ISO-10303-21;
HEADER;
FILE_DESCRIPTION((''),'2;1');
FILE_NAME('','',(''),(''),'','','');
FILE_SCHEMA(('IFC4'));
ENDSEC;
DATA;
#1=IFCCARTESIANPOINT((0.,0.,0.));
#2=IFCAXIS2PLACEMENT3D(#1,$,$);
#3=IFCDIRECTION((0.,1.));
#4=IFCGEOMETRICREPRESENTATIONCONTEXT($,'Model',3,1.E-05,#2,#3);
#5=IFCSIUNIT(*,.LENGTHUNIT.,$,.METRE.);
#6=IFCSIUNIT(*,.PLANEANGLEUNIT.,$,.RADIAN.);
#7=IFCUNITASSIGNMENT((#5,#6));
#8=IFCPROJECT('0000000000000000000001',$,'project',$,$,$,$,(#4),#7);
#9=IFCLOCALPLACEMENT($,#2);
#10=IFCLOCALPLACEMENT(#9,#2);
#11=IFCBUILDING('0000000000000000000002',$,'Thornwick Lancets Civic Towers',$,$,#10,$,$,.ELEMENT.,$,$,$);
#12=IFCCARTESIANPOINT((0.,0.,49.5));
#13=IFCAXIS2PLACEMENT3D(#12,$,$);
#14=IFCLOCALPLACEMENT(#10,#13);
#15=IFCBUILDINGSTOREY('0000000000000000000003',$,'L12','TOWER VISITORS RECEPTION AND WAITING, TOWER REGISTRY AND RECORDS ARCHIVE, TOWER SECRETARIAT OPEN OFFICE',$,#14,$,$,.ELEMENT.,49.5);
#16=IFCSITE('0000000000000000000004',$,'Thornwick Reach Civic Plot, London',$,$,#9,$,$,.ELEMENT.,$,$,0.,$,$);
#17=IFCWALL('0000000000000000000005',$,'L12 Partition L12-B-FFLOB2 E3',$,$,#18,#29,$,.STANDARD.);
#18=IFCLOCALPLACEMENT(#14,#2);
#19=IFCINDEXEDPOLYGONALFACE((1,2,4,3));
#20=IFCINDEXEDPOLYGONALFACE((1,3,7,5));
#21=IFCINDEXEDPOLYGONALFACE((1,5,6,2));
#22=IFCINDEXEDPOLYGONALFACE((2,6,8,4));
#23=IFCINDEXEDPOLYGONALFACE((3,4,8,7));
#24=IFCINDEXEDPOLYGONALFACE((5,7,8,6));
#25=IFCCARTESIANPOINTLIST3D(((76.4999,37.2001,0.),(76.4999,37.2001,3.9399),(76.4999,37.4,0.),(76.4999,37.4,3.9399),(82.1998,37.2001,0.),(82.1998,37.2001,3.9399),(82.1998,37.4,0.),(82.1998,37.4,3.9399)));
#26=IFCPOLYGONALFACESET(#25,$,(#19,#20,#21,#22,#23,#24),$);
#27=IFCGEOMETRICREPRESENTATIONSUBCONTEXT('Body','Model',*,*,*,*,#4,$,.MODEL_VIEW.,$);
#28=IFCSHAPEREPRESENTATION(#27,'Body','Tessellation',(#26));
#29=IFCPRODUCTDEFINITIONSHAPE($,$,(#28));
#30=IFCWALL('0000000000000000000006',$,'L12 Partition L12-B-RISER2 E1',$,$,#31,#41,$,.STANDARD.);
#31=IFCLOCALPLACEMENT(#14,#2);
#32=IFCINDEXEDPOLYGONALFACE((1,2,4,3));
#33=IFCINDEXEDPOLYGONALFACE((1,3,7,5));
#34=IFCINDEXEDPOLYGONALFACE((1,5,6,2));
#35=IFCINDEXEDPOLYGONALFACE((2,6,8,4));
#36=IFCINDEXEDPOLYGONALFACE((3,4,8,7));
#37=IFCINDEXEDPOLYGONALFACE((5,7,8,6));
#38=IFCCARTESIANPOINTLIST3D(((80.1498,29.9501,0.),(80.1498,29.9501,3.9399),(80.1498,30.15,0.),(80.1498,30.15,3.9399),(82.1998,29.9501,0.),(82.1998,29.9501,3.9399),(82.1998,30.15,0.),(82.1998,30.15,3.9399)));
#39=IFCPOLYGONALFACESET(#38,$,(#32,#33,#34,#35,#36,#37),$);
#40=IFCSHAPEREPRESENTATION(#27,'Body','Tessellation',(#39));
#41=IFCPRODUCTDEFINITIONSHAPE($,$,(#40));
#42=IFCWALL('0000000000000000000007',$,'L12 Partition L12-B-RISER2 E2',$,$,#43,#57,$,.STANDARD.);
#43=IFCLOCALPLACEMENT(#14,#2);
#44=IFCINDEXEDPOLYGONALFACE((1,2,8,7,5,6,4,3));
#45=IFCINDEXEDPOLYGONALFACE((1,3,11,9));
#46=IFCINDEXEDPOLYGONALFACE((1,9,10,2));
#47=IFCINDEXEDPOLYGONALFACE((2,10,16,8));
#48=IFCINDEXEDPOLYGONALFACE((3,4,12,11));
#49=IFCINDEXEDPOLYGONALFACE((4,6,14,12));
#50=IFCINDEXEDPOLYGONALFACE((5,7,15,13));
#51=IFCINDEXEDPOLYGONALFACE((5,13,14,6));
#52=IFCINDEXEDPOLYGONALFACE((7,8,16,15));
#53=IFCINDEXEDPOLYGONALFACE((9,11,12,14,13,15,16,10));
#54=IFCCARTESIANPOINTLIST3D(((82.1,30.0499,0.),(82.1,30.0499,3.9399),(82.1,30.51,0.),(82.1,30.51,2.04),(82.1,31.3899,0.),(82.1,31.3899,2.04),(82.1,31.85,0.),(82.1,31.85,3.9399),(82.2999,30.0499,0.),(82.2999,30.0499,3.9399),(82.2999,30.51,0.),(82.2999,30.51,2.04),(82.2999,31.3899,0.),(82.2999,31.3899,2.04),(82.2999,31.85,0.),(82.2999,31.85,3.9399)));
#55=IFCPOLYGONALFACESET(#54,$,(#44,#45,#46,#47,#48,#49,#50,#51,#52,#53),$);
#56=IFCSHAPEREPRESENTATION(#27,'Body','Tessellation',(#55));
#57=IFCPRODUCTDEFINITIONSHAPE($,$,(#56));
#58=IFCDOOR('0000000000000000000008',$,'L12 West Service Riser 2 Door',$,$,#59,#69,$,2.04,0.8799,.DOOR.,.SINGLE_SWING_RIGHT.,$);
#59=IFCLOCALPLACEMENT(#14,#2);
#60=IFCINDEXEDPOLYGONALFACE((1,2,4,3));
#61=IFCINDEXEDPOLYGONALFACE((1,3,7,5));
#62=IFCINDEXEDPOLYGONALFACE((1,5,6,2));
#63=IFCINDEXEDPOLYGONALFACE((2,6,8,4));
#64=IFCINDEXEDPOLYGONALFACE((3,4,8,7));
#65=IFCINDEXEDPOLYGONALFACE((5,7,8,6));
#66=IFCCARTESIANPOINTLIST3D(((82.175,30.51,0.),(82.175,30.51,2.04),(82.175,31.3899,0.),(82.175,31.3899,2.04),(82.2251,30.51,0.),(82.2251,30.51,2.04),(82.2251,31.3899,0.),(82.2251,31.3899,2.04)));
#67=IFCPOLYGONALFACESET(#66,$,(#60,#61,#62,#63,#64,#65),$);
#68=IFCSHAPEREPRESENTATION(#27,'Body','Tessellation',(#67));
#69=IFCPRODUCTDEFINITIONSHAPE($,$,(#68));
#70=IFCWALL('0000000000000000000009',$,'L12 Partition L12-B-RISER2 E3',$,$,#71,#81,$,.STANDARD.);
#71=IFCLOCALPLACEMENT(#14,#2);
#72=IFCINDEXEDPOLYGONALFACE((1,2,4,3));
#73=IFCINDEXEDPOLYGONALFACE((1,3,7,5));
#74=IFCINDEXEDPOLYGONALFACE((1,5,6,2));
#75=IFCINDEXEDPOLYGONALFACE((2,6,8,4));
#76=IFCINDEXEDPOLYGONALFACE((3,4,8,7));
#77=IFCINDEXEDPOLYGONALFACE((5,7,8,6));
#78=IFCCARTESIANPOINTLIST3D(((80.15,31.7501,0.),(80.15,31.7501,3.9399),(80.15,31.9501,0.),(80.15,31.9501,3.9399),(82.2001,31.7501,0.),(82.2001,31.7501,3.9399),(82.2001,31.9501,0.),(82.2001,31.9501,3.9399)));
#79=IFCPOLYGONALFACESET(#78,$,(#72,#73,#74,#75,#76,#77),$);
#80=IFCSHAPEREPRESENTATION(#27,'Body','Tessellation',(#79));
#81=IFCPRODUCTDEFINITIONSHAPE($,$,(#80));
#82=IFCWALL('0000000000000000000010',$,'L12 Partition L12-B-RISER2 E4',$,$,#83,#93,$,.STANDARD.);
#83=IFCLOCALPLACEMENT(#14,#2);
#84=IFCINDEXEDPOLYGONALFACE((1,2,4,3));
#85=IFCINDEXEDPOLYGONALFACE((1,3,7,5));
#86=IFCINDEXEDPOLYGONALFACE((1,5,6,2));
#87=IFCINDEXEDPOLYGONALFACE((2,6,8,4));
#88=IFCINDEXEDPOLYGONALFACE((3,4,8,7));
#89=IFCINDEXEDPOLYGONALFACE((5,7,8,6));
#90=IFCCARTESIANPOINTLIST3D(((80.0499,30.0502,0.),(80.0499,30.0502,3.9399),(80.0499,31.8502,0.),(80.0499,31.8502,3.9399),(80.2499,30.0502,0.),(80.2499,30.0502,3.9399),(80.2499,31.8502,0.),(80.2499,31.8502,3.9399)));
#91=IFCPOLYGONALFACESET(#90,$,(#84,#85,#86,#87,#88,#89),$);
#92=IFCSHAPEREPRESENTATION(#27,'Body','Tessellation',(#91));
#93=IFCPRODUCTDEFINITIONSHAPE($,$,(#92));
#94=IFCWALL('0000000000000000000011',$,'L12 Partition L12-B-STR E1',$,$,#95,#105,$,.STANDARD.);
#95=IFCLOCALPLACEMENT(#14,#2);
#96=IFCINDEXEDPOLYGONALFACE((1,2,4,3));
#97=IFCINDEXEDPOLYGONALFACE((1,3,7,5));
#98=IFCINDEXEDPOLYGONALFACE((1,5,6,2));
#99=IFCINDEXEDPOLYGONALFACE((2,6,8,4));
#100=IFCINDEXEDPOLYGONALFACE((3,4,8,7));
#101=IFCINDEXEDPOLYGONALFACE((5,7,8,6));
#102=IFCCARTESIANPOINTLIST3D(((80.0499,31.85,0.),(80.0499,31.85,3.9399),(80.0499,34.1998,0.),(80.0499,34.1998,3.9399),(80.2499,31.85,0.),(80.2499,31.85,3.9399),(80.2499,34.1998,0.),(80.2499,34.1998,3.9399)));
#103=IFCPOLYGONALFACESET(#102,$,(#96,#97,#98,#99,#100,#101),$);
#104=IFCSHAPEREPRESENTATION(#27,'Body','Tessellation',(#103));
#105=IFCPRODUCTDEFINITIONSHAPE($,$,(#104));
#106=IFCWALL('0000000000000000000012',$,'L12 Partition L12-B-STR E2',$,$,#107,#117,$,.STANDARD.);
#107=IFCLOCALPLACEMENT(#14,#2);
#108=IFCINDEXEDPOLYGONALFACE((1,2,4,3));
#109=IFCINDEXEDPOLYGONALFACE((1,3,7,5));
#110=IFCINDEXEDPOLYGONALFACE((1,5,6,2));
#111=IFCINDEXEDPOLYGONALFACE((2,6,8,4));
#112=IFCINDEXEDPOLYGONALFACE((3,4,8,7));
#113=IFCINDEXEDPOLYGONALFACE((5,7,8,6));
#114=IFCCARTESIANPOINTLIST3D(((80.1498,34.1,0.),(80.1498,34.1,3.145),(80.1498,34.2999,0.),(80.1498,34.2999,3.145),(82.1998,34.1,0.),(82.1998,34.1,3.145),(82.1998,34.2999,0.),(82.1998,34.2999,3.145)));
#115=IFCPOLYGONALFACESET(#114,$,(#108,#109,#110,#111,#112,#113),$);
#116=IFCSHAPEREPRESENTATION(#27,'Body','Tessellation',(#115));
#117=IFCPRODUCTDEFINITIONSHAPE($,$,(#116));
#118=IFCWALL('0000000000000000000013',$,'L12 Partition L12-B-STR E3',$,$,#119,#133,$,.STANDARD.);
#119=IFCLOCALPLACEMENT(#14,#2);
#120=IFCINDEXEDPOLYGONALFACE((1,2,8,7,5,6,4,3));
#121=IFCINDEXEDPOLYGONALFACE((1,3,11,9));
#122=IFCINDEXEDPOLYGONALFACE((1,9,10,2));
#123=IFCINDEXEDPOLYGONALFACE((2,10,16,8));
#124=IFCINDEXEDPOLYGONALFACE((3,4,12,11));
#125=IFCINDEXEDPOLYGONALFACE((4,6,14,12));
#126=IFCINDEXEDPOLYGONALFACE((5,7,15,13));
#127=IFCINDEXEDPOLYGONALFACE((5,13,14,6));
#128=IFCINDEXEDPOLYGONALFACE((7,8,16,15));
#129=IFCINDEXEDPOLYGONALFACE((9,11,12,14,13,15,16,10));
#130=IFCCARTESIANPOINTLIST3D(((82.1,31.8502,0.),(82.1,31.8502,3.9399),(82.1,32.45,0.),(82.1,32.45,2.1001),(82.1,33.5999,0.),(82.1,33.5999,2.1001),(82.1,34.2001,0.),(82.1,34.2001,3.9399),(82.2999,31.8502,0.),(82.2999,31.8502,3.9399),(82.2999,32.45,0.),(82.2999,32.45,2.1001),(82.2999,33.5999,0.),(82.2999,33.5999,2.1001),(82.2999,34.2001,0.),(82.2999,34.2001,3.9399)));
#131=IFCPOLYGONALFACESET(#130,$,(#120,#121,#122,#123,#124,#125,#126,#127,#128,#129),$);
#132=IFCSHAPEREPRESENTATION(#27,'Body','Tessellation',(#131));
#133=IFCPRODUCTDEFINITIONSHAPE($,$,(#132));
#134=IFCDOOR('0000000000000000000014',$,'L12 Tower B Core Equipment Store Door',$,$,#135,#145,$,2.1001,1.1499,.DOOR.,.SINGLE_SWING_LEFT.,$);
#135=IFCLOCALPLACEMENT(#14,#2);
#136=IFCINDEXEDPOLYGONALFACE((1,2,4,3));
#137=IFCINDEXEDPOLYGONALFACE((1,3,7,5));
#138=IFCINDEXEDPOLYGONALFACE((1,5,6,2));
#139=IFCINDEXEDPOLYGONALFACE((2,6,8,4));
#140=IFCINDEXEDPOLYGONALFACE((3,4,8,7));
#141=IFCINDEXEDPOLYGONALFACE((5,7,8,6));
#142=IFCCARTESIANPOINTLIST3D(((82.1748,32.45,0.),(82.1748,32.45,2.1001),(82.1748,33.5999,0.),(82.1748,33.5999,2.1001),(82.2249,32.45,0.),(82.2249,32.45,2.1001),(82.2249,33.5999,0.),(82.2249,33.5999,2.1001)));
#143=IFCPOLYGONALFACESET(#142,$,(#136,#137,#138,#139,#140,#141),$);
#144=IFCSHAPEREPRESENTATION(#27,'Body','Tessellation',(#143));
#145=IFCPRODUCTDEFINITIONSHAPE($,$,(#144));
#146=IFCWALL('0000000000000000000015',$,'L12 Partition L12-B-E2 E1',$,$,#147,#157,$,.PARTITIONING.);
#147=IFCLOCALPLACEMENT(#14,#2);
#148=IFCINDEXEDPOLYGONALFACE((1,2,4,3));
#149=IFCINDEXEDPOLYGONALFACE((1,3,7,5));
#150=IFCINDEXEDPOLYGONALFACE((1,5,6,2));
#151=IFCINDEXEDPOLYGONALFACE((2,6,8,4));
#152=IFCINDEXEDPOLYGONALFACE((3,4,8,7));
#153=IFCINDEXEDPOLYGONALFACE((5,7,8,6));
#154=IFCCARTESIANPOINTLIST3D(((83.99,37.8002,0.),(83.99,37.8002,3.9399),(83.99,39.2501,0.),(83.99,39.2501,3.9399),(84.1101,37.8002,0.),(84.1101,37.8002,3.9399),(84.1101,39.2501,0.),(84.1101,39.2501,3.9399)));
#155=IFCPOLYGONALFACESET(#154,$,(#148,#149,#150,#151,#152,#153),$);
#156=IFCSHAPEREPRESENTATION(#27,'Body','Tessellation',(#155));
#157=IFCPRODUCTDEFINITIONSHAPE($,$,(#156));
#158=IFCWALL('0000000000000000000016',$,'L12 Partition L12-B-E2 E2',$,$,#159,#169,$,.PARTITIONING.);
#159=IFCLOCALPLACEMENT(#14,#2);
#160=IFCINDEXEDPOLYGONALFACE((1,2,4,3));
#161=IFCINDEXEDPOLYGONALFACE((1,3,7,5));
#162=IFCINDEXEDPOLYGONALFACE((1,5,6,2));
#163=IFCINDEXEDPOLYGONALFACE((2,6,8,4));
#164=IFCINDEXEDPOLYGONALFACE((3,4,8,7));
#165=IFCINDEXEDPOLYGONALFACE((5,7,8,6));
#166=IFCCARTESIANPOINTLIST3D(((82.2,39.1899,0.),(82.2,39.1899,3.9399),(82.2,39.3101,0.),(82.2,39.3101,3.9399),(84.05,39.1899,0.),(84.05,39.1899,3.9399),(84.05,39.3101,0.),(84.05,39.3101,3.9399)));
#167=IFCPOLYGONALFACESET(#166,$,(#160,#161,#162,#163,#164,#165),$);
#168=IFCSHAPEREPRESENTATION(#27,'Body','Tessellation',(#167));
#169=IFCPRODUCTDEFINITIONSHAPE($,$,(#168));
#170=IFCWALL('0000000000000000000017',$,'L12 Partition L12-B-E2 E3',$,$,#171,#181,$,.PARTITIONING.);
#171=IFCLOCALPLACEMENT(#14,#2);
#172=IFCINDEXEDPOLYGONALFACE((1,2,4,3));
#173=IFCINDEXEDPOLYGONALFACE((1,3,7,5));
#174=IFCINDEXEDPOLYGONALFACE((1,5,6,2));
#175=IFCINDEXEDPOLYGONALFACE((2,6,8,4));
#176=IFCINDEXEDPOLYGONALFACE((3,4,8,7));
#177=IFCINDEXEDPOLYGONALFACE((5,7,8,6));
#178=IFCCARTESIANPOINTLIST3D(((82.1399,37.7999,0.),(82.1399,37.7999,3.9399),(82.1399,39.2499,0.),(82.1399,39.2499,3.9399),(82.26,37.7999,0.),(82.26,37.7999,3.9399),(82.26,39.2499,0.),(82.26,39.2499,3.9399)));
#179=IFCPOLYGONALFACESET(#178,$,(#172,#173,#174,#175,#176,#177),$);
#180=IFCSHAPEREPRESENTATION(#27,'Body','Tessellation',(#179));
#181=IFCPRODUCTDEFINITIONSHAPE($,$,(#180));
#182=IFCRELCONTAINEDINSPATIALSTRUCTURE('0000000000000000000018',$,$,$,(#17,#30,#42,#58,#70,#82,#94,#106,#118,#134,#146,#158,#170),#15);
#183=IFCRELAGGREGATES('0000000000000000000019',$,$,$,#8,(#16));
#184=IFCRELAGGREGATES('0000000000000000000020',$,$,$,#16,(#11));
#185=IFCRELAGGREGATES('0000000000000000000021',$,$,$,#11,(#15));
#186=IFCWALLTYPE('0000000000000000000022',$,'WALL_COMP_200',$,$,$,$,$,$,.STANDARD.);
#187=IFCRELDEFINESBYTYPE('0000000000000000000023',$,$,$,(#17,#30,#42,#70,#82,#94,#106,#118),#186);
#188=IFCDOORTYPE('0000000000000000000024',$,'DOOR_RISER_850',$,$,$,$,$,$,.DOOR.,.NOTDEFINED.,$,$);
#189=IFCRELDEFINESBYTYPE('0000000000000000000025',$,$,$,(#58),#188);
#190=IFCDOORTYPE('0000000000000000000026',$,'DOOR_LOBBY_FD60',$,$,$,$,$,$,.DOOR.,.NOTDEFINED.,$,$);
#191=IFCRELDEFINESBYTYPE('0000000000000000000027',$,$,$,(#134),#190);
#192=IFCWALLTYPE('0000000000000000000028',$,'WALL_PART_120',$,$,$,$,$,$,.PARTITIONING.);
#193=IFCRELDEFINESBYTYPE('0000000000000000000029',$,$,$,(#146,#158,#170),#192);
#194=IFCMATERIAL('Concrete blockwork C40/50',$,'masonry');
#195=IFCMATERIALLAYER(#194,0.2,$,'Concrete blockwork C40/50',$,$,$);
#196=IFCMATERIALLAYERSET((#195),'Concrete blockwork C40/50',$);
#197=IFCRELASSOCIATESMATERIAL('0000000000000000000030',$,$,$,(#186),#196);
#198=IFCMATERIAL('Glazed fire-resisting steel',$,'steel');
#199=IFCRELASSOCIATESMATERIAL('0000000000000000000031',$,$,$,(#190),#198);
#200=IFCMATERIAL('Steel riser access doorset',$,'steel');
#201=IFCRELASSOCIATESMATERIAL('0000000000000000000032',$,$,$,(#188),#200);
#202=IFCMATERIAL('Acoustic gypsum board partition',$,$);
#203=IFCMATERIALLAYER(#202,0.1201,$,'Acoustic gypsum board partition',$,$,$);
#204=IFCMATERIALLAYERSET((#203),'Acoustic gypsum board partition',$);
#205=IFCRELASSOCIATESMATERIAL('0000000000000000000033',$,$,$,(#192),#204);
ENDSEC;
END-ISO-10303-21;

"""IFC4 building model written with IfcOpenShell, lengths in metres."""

from ifc_helpers import new_model, si_unit, direction, frame, frame_2d, origin, place, context, subcontext, project, spatial, rectangle, extrude, material, layer, layer_set, type_object, element, fill, save


model = new_model("IFC4")

# Units and contexts
model_context = context("Model", 3, precision=1e-05, world=origin(), true_north=direction((0.0, 1.0)))
body_context = subcontext(model_context, "Body", "Model", "MODEL_VIEW")
ifc_project = project(units=[si_unit("LENGTHUNIT", "METRE"), si_unit("PLANEANGLEUNIT", "RADIAN")], contexts=[model_context])

# Site, building, storey
site_placement = place(None, origin())
site = spatial("IfcSite", under=ifc_project, at=site_placement, Name="Thornwick Reach Civic Plot, London", CompositionType="ELEMENT", RefElevation=0.0)
building_placement = place(site_placement, origin())
building = spatial("IfcBuilding", under=site, at=building_placement, Name="Thornwick Lancets Civic Towers", CompositionType="ELEMENT")
storey_placement = place(building_placement, frame((0.0, 0.0, 49.5)))
storey = spatial("IfcBuildingStorey", under=building, at=storey_placement, Name="L12", Description="TOWER VISITORS RECEPTION AND WAITING, TOWER REGISTRY AND RECORDS ARCHIVE, TOWER SECRETARIAT OPEN OFFICE", CompositionType="ELEMENT", Elevation=49.5)

# Shared definitions
ifc_material_1 = material(Name="Concrete blockwork C40/50", Category="masonry")
ifc_layer_1 = layer(ifc_material_1, 0.2, Name="Concrete blockwork C40/50")
ifc_layer_set_1 = layer_set([ifc_layer_1], Name="Concrete blockwork C40/50")
wall_type_1 = type_object("IfcWallType", Name="WALL_COMP_200", PredefinedType="STANDARD", material=ifc_layer_set_1)

# Shared definitions
ifc_material_2 = material(Name="Glazed fire-resisting steel", Category="steel")
door_type_1 = type_object("IfcDoorType", Name="DOOR_LOBBY_FD60", OperationType="NOTDEFINED", PredefinedType="DOOR", material=ifc_material_2)

# Walls
wall_1_placement = place(storey_placement, frame((82.2, 37.3, 0.0), z_axis=(0.0, 0.0, 1.0), x_axis=(-1.0, 0.0, 0.0)))
element("IfcWall", 1, at=wall_1_placement, inside=storey, type_object=wall_type_1, Name="L12 Partition L12-B-FFLOB2 E3", PredefinedType="STANDARD", context=body_context, shape_type="SweptSolid", body=[
    extrude(rectangle(XDim=5.7, YDim=0.2, at=frame_2d((2.8501, 0.0))), origin(), (0.0, 0.0, 1.0), 3.9399),
])
wall_2_placement = place(storey_placement, frame((80.1499, 30.05, 0.0), z_axis=(0.0, 0.0, 1.0), x_axis=(1.0, 0.0, 0.0)))
element("IfcWall", 2, at=wall_2_placement, inside=storey, type_object=wall_type_1, Name="L12 Partition L12-B-RISER2 E1", PredefinedType="STANDARD", context=body_context, shape_type="SweptSolid", body=[
    extrude(rectangle(XDim=2.05, YDim=0.2, at=frame_2d((1.0249, 0.0))), origin(), (0.0, 0.0, 1.0), 3.9399),
])

# Wall, opening, door
wall_3_placement = place(storey_placement, frame((82.2, 30.05, 0.0), z_axis=(0.0, 0.0, 1.0), x_axis=(0.0, 1.0, 0.0)))
wall_3 = element("IfcWall", 3, at=wall_3_placement, inside=storey, type_object=wall_type_1, Name="L12 Partition L12-B-RISER2 E2", PredefinedType="STANDARD", context=body_context, shape_type="SweptSolid", body=[
    extrude(rectangle(XDim=1.8, YDim=0.2, at=frame_2d((0.8999, 0.0))), origin(), (0.0, 0.0, 1.0), 3.9399),
])
opening_1_placement = place(wall_3_placement, frame((0.46, 0.0, 0.0)))
opening_1 = element("IfcOpeningElement", 4, at=opening_1_placement, cuts=wall_3, PredefinedType="OPENING", context=body_context, shape_type="SweptSolid", body=[
    extrude(rectangle(XDim=0.8799, YDim=2.04, at=frame_2d((0.4399, 1.02))), frame((0.0, 0.1099, 0.0), z_axis=(0.0, -1.0, 0.0), x_axis=(1.0, 0.0, 0.0)), (0.0, 0.0, 1.0), 0.22),
])
ifc_material_3 = material(Name="Steel riser access doorset", Category="steel")
door_type_2 = type_object("IfcDoorType", Name="DOOR_RISER_850", OperationType="NOTDEFINED", PredefinedType="DOOR", material=ifc_material_3)
door_1_placement = place(opening_1_placement, origin())
door_1 = element("IfcDoor", 5, at=door_1_placement, inside=storey, type_object=door_type_2, Name="L12 West Service Riser 2 Door", OperationType="SINGLE_SWING_RIGHT", OverallHeight=2.04, OverallWidth=0.8799, PredefinedType="DOOR", context=body_context, shape_type="SweptSolid", body=[
    extrude(rectangle(XDim=0.8799, YDim=2.04, at=frame_2d((0.4399, 1.02))), frame((0.0, 0.0249, 0.0), z_axis=(0.0, -1.0, 0.0), x_axis=(1.0, 0.0, 0.0)), (0.0, 0.0, 1.0), 0.05),
])
fill(opening_1, door_1)

# Walls
wall_4_placement = place(storey_placement, frame((82.2, 31.8501, 0.0), z_axis=(0.0, 0.0, 1.0), x_axis=(-1.0, 0.0, 0.0)))
element("IfcWall", 6, at=wall_4_placement, inside=storey, type_object=wall_type_1, Name="L12 Partition L12-B-RISER2 E3", PredefinedType="STANDARD", context=body_context, shape_type="SweptSolid", body=[
    extrude(rectangle(XDim=2.05, YDim=0.2, at=frame_2d((1.0249, 0.0))), origin(), (0.0, 0.0, 1.0), 3.9399),
])
wall_5_placement = place(storey_placement, frame((80.1499, 31.8501, 0.0), z_axis=(0.0, 0.0, 1.0), x_axis=(0.0, -1.0, 0.0)))
element("IfcWall", 7, at=wall_5_placement, inside=storey, type_object=wall_type_1, Name="L12 Partition L12-B-RISER2 E4", PredefinedType="STANDARD", context=body_context, shape_type="SweptSolid", body=[
    extrude(rectangle(XDim=1.8, YDim=0.2, at=frame_2d((0.8999, 0.0))), origin(), (0.0, 0.0, 1.0), 3.9399),
])
wall_6_placement = place(storey_placement, frame((80.1499, 31.8501, 0.0), z_axis=(0.0, 0.0, 1.0), x_axis=(0.0, 1.0, 0.0)))
element("IfcWall", 8, at=wall_6_placement, inside=storey, type_object=wall_type_1, Name="L12 Partition L12-B-STR E1", PredefinedType="STANDARD", context=body_context, shape_type="SweptSolid", body=[
    extrude(rectangle(XDim=2.3499, YDim=0.2, at=frame_2d((1.1748, 0.0))), origin(), (0.0, 0.0, 1.0), 3.9399),
])
wall_7_placement = place(storey_placement, frame((80.1499, 34.2, 0.0), z_axis=(0.0, 0.0, 1.0), x_axis=(1.0, 0.0, 0.0)))
element("IfcWall", 9, at=wall_7_placement, inside=storey, type_object=wall_type_1, Name="L12 Partition L12-B-STR E2", PredefinedType="STANDARD", context=body_context, shape_type="SweptSolid", body=[
    extrude(rectangle(XDim=2.05, YDim=0.2, at=frame_2d((1.0249, 0.0))), origin(), (0.0, 0.0, 1.0), 3.145),
])

# Wall, opening, door
wall_8_placement = place(storey_placement, frame((82.2, 34.2, 0.0), z_axis=(0.0, 0.0, 1.0), x_axis=(0.0, -1.0, 0.0)))
wall_8 = element("IfcWall", 10, at=wall_8_placement, inside=storey, type_object=wall_type_1, Name="L12 Partition L12-B-STR E3", PredefinedType="STANDARD", context=body_context, shape_type="SweptSolid", body=[
    extrude(rectangle(XDim=2.3499, YDim=0.2, at=frame_2d((1.1748, 0.0))), origin(), (0.0, 0.0, 1.0), 3.9399),
])
opening_2_placement = place(wall_8_placement, frame((0.6001, 0.0, 0.0)))
opening_2 = element("IfcOpeningElement", 11, at=opening_2_placement, cuts=wall_8, PredefinedType="OPENING", context=body_context, shape_type="SweptSolid", body=[
    extrude(rectangle(XDim=1.1499, YDim=2.1001, at=frame_2d((0.575, 1.05))), frame((0.0, 0.1099, 0.0), z_axis=(0.0, -1.0, 0.0), x_axis=(1.0, 0.0, 0.0)), (0.0, 0.0, 1.0), 0.22),
])
door_2_placement = place(opening_2_placement, origin())
door_2 = element("IfcDoor", 12, at=door_2_placement, inside=storey, type_object=door_type_1, Name="L12 Tower B Core Equipment Store Door", OperationType="SINGLE_SWING_LEFT", OverallHeight=2.1001, OverallWidth=1.1499, PredefinedType="DOOR", context=body_context, shape_type="SweptSolid", body=[
    extrude(rectangle(XDim=1.1499, YDim=2.1001, at=frame_2d((0.575, 1.05))), frame((0.0, 0.0249, 0.0), z_axis=(0.0, -1.0, 0.0), x_axis=(1.0, 0.0, 0.0)), (0.0, 0.0, 1.0), 0.05),
])
fill(opening_2, door_2)

# Walls
ifc_material_4 = material(Name="Acoustic gypsum board partition")
ifc_layer_2 = layer(ifc_material_4, 0.1201, Name="Acoustic gypsum board partition")
ifc_layer_set_2 = layer_set([ifc_layer_2], Name="Acoustic gypsum board partition")
wall_type_2 = type_object("IfcWallType", Name="WALL_PART_120", PredefinedType="PARTITIONING", material=ifc_layer_set_2)
wall_9_placement = place(storey_placement, frame((84.05, 37.8, 0.0), z_axis=(0.0, 0.0, 1.0), x_axis=(0.0, 1.0, 0.0)))
element("IfcWall", 13, at=wall_9_placement, inside=storey, type_object=wall_type_2, Name="L12 Partition L12-B-E2 E1", PredefinedType="PARTITIONING", context=body_context, shape_type="SweptSolid", body=[
    extrude(rectangle(XDim=1.45, YDim=0.1201, at=frame_2d((0.7251, 0.0))), origin(), (0.0, 0.0, 1.0), 3.9399),
])
wall_10_placement = place(storey_placement, frame((84.05, 39.25, 0.0), z_axis=(0.0, 0.0, 1.0), x_axis=(-1.0, 0.0, 0.0)))
element("IfcWall", 14, at=wall_10_placement, inside=storey, type_object=wall_type_2, Name="L12 Partition L12-B-E2 E2", PredefinedType="PARTITIONING", context=body_context, shape_type="SweptSolid", body=[
    extrude(rectangle(XDim=1.8501, YDim=0.1201, at=frame_2d((0.925, 0.0))), origin(), (0.0, 0.0, 1.0), 3.9399),
])
wall_11_placement = place(storey_placement, frame((82.2, 39.25, 0.0), z_axis=(0.0, 0.0, 1.0), x_axis=(0.0, -1.0, 0.0)))
element("IfcWall", 15, at=wall_11_placement, inside=storey, type_object=wall_type_2, Name="L12 Partition L12-B-E2 E3", PredefinedType="PARTITIONING", context=body_context, shape_type="SweptSolid", body=[
    extrude(rectangle(XDim=1.45, YDim=0.1201, at=frame_2d((0.7251, 0.0))), origin(), (0.0, 0.0, 1.0), 3.9399),
])

save(model, "model.ifc")
